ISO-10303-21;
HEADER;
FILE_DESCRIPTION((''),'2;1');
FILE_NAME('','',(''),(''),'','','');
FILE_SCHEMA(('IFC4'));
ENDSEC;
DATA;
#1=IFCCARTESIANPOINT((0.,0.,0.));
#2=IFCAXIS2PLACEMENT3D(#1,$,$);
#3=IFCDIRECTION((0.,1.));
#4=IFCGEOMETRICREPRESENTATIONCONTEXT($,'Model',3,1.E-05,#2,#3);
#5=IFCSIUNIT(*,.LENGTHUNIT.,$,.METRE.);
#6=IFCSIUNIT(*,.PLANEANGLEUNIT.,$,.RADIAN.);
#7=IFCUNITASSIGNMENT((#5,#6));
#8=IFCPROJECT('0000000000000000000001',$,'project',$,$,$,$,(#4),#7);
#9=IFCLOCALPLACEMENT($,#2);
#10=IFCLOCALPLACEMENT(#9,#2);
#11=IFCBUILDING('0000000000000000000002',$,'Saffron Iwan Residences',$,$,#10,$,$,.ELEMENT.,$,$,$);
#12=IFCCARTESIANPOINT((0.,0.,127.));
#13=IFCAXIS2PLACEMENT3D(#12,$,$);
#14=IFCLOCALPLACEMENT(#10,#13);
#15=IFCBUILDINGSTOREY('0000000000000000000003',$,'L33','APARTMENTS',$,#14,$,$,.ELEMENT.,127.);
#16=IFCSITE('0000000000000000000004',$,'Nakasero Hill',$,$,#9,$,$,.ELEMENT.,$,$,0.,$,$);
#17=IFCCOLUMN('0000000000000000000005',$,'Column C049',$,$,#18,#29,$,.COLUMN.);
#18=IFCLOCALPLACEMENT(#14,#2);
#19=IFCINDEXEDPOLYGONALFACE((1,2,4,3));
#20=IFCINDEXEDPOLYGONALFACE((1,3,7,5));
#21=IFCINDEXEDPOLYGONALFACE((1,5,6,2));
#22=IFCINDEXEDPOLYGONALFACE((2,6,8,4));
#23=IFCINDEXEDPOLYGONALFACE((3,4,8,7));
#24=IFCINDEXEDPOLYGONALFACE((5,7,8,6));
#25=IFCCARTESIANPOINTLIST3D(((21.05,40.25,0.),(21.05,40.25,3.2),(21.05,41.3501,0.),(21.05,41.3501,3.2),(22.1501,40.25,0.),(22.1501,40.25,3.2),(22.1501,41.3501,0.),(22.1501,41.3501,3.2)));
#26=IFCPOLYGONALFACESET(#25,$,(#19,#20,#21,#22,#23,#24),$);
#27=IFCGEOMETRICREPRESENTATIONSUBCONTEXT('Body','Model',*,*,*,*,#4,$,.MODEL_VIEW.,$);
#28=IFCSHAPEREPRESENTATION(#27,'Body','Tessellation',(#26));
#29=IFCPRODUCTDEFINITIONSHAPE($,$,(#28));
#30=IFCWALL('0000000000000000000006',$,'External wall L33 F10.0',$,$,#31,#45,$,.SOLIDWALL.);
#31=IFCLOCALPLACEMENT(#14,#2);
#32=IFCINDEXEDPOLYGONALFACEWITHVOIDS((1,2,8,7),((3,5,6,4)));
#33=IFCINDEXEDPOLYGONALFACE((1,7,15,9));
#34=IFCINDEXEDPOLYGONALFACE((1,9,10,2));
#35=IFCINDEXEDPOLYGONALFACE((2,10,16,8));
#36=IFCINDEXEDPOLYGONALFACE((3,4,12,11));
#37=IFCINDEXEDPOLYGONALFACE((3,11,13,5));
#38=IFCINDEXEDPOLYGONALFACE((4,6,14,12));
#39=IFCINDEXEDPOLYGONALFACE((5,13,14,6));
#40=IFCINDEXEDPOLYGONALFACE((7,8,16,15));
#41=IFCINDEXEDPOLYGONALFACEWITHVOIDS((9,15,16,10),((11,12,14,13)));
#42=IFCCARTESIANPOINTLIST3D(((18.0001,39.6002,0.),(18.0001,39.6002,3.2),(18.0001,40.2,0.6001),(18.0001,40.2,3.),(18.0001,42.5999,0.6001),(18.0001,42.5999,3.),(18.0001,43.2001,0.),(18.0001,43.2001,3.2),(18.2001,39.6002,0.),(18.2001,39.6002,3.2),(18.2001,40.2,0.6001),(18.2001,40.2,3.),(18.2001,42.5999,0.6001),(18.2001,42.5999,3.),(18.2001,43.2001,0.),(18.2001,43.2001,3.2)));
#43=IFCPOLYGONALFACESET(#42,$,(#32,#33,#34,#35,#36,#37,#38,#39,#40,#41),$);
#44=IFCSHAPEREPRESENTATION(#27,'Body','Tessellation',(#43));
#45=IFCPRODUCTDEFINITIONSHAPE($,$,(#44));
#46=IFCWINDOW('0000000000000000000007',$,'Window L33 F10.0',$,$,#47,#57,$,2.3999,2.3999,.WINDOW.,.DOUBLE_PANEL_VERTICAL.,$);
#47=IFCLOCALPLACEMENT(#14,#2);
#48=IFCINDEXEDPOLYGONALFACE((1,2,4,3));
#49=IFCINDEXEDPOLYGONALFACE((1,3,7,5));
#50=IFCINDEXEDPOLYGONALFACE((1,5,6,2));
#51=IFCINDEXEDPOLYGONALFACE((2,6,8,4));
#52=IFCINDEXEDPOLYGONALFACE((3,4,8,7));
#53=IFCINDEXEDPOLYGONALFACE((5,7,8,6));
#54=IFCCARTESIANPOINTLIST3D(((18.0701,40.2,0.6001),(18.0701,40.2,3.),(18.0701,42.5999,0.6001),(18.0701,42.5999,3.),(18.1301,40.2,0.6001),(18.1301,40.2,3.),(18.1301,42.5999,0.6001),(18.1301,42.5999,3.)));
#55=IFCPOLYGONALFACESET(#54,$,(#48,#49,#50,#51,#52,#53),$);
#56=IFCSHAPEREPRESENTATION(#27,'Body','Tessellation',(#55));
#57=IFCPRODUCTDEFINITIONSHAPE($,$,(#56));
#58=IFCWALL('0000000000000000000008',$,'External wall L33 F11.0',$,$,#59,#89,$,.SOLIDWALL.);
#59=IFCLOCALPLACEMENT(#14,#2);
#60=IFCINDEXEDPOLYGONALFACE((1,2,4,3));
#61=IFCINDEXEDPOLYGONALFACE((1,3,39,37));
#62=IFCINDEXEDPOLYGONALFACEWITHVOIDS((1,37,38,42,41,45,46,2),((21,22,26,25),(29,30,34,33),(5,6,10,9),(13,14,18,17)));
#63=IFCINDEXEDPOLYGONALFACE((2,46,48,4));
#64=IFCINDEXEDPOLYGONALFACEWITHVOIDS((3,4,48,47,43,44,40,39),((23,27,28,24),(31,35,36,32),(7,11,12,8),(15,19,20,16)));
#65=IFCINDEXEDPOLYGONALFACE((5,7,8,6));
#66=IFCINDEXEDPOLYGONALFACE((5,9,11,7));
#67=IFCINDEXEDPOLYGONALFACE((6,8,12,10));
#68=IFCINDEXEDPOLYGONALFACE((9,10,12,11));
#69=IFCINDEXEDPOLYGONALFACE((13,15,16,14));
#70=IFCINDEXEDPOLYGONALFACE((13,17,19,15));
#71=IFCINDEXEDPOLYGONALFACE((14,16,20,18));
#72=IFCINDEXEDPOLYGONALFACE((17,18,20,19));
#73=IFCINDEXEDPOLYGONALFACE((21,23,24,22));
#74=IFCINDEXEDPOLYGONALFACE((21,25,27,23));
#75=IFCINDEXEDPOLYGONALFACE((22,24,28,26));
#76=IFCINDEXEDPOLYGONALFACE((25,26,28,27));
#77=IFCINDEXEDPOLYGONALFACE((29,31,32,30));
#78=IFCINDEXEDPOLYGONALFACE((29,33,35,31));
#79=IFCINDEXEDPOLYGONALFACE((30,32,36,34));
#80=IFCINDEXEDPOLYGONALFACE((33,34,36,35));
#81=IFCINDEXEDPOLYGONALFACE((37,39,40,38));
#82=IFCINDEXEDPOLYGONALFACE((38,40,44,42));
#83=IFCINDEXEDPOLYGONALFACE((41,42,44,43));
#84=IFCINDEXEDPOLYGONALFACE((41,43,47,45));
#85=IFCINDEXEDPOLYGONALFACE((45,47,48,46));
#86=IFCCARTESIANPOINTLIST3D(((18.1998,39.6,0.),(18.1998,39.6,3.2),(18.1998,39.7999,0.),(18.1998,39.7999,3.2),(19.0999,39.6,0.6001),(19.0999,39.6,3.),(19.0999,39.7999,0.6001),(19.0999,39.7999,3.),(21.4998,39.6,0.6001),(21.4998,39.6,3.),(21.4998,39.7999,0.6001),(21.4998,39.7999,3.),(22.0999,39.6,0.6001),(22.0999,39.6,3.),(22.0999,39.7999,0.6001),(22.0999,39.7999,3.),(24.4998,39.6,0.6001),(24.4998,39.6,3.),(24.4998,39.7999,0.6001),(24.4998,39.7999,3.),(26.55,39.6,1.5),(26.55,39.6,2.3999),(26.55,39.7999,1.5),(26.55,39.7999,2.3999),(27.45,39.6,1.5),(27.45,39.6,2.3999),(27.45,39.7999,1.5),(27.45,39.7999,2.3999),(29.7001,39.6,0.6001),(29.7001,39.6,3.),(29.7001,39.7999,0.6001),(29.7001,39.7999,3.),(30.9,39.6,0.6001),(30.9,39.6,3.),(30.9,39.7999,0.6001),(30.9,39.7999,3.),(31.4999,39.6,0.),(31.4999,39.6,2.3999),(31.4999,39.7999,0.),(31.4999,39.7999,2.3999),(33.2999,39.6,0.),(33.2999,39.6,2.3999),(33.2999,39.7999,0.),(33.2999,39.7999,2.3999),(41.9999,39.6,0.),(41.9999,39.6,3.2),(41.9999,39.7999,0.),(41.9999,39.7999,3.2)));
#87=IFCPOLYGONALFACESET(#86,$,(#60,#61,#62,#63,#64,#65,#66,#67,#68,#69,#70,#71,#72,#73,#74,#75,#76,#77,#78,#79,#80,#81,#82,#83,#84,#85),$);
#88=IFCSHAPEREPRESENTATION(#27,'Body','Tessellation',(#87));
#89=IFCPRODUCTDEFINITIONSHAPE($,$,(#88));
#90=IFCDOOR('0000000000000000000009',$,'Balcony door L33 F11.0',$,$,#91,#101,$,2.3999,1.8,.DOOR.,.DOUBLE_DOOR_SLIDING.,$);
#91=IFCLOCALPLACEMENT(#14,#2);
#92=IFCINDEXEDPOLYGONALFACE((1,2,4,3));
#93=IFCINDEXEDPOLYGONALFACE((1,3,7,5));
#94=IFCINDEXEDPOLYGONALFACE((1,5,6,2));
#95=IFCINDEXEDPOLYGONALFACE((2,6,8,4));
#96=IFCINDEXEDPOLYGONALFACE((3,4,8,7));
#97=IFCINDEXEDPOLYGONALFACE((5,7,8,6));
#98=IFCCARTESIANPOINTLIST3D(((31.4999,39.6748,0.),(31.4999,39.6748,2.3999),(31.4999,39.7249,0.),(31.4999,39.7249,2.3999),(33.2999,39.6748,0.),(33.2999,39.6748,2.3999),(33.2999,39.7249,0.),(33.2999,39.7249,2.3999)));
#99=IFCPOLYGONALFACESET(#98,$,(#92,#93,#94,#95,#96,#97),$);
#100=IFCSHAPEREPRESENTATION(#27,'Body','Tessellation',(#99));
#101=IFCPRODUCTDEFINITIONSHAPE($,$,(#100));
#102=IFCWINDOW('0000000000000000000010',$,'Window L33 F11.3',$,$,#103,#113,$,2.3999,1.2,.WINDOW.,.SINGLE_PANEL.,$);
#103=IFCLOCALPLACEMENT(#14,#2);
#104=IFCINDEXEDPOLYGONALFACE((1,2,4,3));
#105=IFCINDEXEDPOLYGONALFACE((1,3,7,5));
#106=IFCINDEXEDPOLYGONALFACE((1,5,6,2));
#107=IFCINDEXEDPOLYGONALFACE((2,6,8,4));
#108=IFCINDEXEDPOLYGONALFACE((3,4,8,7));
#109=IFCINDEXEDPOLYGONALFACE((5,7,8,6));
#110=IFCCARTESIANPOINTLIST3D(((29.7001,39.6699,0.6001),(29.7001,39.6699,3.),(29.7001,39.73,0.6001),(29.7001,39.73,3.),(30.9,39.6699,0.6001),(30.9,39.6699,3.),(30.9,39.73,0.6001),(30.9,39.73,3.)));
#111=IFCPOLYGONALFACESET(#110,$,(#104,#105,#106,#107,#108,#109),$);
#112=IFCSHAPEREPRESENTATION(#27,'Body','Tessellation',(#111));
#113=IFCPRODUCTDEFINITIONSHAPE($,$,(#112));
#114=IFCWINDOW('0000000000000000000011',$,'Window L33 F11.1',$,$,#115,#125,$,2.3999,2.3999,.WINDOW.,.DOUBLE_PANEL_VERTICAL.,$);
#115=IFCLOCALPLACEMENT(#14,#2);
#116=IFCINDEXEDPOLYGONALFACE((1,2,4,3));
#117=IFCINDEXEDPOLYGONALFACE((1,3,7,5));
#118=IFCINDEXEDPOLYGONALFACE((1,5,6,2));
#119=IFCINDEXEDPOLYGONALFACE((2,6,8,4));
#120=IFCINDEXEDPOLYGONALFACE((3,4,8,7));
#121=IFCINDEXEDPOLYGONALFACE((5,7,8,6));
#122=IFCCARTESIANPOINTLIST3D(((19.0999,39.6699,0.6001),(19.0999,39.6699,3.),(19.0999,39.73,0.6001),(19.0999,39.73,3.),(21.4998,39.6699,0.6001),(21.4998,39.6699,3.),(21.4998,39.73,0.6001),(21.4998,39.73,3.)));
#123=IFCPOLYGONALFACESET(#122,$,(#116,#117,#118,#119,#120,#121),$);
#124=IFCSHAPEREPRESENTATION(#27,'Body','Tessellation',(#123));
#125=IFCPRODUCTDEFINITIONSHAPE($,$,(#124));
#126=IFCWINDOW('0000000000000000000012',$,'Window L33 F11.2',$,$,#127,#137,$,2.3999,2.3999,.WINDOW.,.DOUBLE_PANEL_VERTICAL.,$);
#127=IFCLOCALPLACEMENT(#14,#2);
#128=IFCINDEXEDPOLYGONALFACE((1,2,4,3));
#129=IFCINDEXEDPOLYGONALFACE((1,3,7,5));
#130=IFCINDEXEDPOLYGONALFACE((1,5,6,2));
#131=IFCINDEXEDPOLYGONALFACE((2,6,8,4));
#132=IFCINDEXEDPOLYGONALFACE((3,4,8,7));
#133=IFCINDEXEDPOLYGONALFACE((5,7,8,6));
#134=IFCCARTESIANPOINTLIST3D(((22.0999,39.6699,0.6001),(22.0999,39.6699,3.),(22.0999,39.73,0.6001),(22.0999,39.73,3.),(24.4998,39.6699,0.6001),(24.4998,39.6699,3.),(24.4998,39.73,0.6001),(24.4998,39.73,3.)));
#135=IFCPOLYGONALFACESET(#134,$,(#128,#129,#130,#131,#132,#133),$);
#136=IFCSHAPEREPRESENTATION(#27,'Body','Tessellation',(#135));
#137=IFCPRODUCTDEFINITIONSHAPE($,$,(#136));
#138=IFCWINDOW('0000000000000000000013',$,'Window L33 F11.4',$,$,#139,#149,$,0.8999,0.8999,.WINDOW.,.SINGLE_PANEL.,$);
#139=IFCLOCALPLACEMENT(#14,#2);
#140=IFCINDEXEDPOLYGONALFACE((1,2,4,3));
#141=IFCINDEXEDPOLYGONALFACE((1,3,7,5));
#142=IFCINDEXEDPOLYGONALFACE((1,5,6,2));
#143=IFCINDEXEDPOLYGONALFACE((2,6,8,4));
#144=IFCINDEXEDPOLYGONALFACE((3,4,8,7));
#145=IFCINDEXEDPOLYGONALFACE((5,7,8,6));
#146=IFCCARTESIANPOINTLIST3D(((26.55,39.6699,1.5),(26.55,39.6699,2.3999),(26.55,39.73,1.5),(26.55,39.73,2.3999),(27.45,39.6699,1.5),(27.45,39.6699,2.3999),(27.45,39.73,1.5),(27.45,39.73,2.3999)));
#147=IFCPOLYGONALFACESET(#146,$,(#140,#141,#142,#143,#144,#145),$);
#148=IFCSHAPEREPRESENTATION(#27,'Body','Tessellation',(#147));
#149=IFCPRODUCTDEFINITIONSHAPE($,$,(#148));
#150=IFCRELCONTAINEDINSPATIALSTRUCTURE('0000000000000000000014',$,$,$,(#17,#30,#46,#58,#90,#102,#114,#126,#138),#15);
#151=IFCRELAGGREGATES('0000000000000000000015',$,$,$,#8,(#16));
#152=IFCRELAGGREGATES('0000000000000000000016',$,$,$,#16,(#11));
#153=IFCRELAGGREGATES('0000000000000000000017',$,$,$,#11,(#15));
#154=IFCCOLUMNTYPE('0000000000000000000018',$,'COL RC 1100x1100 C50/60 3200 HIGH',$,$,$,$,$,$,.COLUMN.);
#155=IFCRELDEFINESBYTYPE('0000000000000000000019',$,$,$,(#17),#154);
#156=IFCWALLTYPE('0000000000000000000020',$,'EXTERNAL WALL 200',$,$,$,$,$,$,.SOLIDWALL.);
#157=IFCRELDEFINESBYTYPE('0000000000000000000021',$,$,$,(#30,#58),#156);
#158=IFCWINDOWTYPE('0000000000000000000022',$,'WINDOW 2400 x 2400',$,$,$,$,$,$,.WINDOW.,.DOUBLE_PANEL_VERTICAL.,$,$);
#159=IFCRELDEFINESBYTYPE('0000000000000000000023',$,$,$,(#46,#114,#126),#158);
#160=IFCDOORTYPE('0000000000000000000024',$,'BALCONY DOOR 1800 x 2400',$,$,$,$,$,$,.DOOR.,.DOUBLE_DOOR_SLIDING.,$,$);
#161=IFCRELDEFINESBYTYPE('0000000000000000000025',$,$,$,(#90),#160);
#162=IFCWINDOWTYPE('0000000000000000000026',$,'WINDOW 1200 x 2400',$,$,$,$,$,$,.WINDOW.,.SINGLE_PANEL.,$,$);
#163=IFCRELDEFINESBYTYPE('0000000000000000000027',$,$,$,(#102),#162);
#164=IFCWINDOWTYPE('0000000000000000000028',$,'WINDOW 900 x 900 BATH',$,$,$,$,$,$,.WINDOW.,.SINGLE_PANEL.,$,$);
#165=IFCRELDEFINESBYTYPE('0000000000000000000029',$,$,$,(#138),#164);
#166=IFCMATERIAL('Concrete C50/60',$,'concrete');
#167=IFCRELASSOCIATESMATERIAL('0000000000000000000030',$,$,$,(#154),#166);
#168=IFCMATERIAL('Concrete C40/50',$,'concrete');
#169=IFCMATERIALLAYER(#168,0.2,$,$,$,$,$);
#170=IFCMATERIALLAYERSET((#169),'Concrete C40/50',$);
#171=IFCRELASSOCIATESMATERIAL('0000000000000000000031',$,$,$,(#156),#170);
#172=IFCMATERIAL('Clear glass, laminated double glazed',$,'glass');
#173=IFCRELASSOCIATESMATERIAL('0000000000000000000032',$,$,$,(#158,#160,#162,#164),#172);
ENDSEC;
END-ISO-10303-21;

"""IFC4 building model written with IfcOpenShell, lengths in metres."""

from ifc_helpers import new_model, si_unit, direction, frame, frame_2d, origin, origin_2d, place, context, subcontext, project, spatial, rectangle, extrude, source, transform, mapped, material, layer, layer_set, material_profile, profile_set, type_object, element, fill, save


model = new_model("IFC4")

# Units and contexts
model_context = context("Model", 3, precision=1e-05, world=origin(), true_north=direction((0.0, 1.0)))
body_context = subcontext(model_context, "Body", "Model", "MODEL_VIEW")
ifc_project = project(units=[si_unit("LENGTHUNIT", "METRE"), si_unit("PLANEANGLEUNIT", "RADIAN")], contexts=[model_context])

# Site, building, storey
site_placement = place(None, origin())
site = spatial("IfcSite", under=ifc_project, at=site_placement, Name="Nakasero Hill", CompositionType="ELEMENT", RefElevation=0.0)
building_placement = place(site_placement, origin())
building = spatial("IfcBuilding", under=site, at=building_placement, Name="Saffron Iwan Residences", CompositionType="ELEMENT")
storey_placement = place(building_placement, frame((0.0, 0.0, 127.0)))
storey = spatial("IfcBuildingStorey", under=building, at=storey_placement, Name="L33", Description="APARTMENTS", CompositionType="ELEMENT", Elevation=127.0)

# Column
ifc_material_1 = material(Name="Concrete C50/60", Category="concrete")
ifc_material_profile = material_profile(ifc_material_1, rectangle(XDim=1.1001, YDim=1.1001, at=origin_2d()), Name="RC 1100x1100")
ifc_profile_set = profile_set([ifc_material_profile], Name="Concrete C50/60")
column_type = type_object("IfcColumnType", Name="COL RC 1100x1100 C50/60 3200 HIGH", PredefinedType="COLUMN", material=ifc_profile_set)
shared_shape = source(origin(), body_context, "Body", "SweptSolid", [
    extrude(rectangle(XDim=1.1001, YDim=1.1001, at=origin_2d()), origin(), (0.0, 0.0, 1.0), 3.2),
])
column_placement = place(storey_placement, frame((21.6001, 40.8, 0.0), z_axis=(0.0, 0.0, 1.0), x_axis=(1.0, 0.0, 0.0)))
element("IfcColumn", 1, at=column_placement, inside=storey, type_object=column_type, Name="Column C049", PredefinedType="COLUMN", context=body_context, shape_type="MappedRepresentation", body=[
    mapped(shared_shape, transform((0.0, 0.0, 0.0))),
])

# Wall, opening, window
ifc_material_2 = material(Name="Concrete C40/50", Category="concrete")
ifc_layer_1 = layer(ifc_material_2, 0.2)
ifc_layer_set_1 = layer_set([ifc_layer_1], Name="Concrete C40/50")
wall_type_1 = type_object("IfcWallType", Name="EXTERNAL WALL 200", PredefinedType="SOLIDWALL", material=ifc_layer_set_1)
wall_1_placement = place(storey_placement, frame((18.1001, 43.2, 0.0), z_axis=(0.0, 0.0, 1.0), x_axis=(0.0, -1.0, 0.0)))
wall_1 = element("IfcWall", 2, at=wall_1_placement, inside=storey, type_object=wall_type_1, Name="External wall L33 F10.0", PredefinedType="SOLIDWALL", context=body_context, shape_type="SweptSolid", body=[
    extrude(rectangle(XDim=3.5999, YDim=0.2, at=frame_2d((1.7998, 0.0))), origin(), (0.0, 0.0, 1.0), 3.2),
])
opening_1_placement = place(wall_1_placement, frame((0.6001, 0.0, 0.6001)))
opening_1 = element("IfcOpeningElement", 3, at=opening_1_placement, cuts=wall_1, PredefinedType="OPENING", context=body_context, shape_type="SweptSolid", body=[
    extrude(rectangle(XDim=2.3999, YDim=2.3999, at=frame_2d((1.2, 1.2))), frame((0.0, 0.1099, 0.0), z_axis=(0.0, -1.0, 0.0), x_axis=(1.0, 0.0, 0.0)), (0.0, 0.0, 1.0), 0.22),
])
ifc_material_3 = material(Name="Clear glass, laminated double glazed", Category="glass")
window_type_1 = type_object("IfcWindowType", Name="WINDOW 2400 x 2400", PartitioningType="DOUBLE_PANEL_VERTICAL", PredefinedType="WINDOW", material=ifc_material_3)
window_1_placement = place(opening_1_placement, origin())
window_1 = element("IfcWindow", 4, at=window_1_placement, inside=storey, type_object=window_type_1, Name="Window L33 F10.0", OverallHeight=2.3999, OverallWidth=2.3999, PartitioningType="DOUBLE_PANEL_VERTICAL", PredefinedType="WINDOW", context=body_context, shape_type="SweptSolid", body=[
    extrude(rectangle(XDim=2.3999, YDim=2.3999, at=frame_2d((1.2, 1.2))), frame((0.0, 0.03, 0.0), z_axis=(0.0, -1.0, 0.0), x_axis=(1.0, 0.0, 0.0)), (0.0, 0.0, 1.0), 0.0601),
])
fill(opening_1, window_1)

# Wall, openings, door, windows
wall_2_placement = place(storey_placement, frame((18.2, 39.7, 0.0), z_axis=(0.0, 0.0, 1.0), x_axis=(1.0, 0.0, 0.0)))
wall_2 = element("IfcWall", 5, at=wall_2_placement, inside=storey, type_object=wall_type_1, Name="External wall L33 F11.0", PredefinedType="SOLIDWALL", context=body_context, shape_type="SweptSolid", body=[
    extrude(rectangle(XDim=23.8, YDim=0.2, at=frame_2d((11.8999, 0.0))), origin(), (0.0, 0.0, 1.0), 3.2),
])
opening_2_placement = place(wall_2_placement, frame((13.3, 0.0, 0.0)))
opening_2 = element("IfcOpeningElement", 6, at=opening_2_placement, cuts=wall_2, PredefinedType="OPENING", context=body_context, shape_type="SweptSolid", body=[
    extrude(rectangle(XDim=1.8, YDim=2.3999, at=frame_2d((0.8999, 1.2))), frame((0.0, 0.1099, 0.0), z_axis=(0.0, -1.0, 0.0), x_axis=(1.0, 0.0, 0.0)), (0.0, 0.0, 1.0), 0.22),
])
opening_3_placement = place(wall_2_placement, frame((0.8999, 0.0, 0.6001)))
opening_3 = element("IfcOpeningElement", 7, at=opening_3_placement, cuts=wall_2, PredefinedType="OPENING", context=body_context, shape_type="SweptSolid", body=[
    extrude(rectangle(XDim=2.3999, YDim=2.3999, at=frame_2d((1.2, 1.2))), frame((0.0, 0.1099, 0.0), z_axis=(0.0, -1.0, 0.0), x_axis=(1.0, 0.0, 0.0)), (0.0, 0.0, 1.0), 0.22),
])
opening_4_placement = place(wall_2_placement, frame((3.8999, 0.0, 0.6001)))
opening_4 = element("IfcOpeningElement", 8, at=opening_4_placement, cuts=wall_2, PredefinedType="OPENING", context=body_context, shape_type="SweptSolid", body=[
    extrude(rectangle(XDim=2.3999, YDim=2.3999, at=frame_2d((1.2, 1.2))), frame((0.0, 0.1099, 0.0), z_axis=(0.0, -1.0, 0.0), x_axis=(1.0, 0.0, 0.0)), (0.0, 0.0, 1.0), 0.22),
])
opening_5_placement = place(wall_2_placement, frame((11.5, 0.0, 0.6001)))
opening_5 = element("IfcOpeningElement", 9, at=opening_5_placement, cuts=wall_2, PredefinedType="OPENING", context=body_context, shape_type="SweptSolid", body=[
    extrude(rectangle(XDim=1.2, YDim=2.3999, at=frame_2d((0.6001, 1.2))), frame((0.0, 0.1099, 0.0), z_axis=(0.0, -1.0, 0.0), x_axis=(1.0, 0.0, 0.0)), (0.0, 0.0, 1.0), 0.22),
])
opening_6_placement = place(wall_2_placement, frame((8.3501, 0.0, 1.5)))
opening_6 = element("IfcOpeningElement", 10, at=opening_6_placement, cuts=wall_2, PredefinedType="OPENING", context=body_context, shape_type="SweptSolid", body=[
    extrude(rectangle(XDim=0.8999, YDim=0.8999, at=frame_2d((0.45, 0.45))), frame((0.0, 0.1099, 0.0), z_axis=(0.0, -1.0, 0.0), x_axis=(1.0, 0.0, 0.0)), (0.0, 0.0, 1.0), 0.22),
])
door_type_1 = type_object("IfcDoorType", Name="BALCONY DOOR 1800 x 2400", OperationType="DOUBLE_DOOR_SLIDING", PredefinedType="DOOR", material=ifc_material_3)
door_1_placement = place(opening_2_placement, origin())
door_1 = element("IfcDoor", 11, at=door_1_placement, inside=storey, type_object=door_type_1, Name="Balcony door L33 F11.0", OperationType="DOUBLE_DOOR_SLIDING", OverallHeight=2.3999, OverallWidth=1.8, PredefinedType="DOOR", context=body_context, shape_type="SweptSolid", body=[
    extrude(rectangle(XDim=1.8, YDim=2.3999, at=frame_2d((0.8999, 1.2))), frame((0.0, 0.0249, 0.0), z_axis=(0.0, -1.0, 0.0), x_axis=(1.0, 0.0, 0.0)), (0.0, 0.0, 1.0), 0.05),
])
fill(opening_2, door_1)
window_type_2 = type_object("IfcWindowType", Name="WINDOW 1200 x 2400", PartitioningType="SINGLE_PANEL", PredefinedType="WINDOW", material=ifc_material_3)
window_2_placement = place(opening_5_placement, origin())
window_2 = element("IfcWindow", 12, at=window_2_placement, inside=storey, type_object=window_type_2, Name="Window L33 F11.3", OverallHeight=2.3999, OverallWidth=1.2, PartitioningType="SINGLE_PANEL", PredefinedType="WINDOW", context=body_context, shape_type="SweptSolid", body=[
    extrude(rectangle(XDim=1.2, YDim=2.3999, at=frame_2d((0.6001, 1.2))), frame((0.0, 0.03, 0.0), z_axis=(0.0, -1.0, 0.0), x_axis=(1.0, 0.0, 0.0)), (0.0, 0.0, 1.0), 0.0601),
])
fill(opening_5, window_2)
window_3_placement = place(opening_3_placement, origin())
window_3 = element("IfcWindow", 13, at=window_3_placement, inside=storey, type_object=window_type_1, Name="Window L33 F11.1", OverallHeight=2.3999, OverallWidth=2.3999, PartitioningType="DOUBLE_PANEL_VERTICAL", PredefinedType="WINDOW", context=body_context, shape_type="SweptSolid", body=[
    extrude(rectangle(XDim=2.3999, YDim=2.3999, at=frame_2d((1.2, 1.2))), frame((0.0, 0.03, 0.0), z_axis=(0.0, -1.0, 0.0), x_axis=(1.0, 0.0, 0.0)), (0.0, 0.0, 1.0), 0.0601),
])
fill(opening_3, window_3)
window_4_placement = place(opening_4_placement, origin())
window_4 = element("IfcWindow", 14, at=window_4_placement, inside=storey, type_object=window_type_1, Name="Window L33 F11.2", OverallHeight=2.3999, OverallWidth=2.3999, PartitioningType="DOUBLE_PANEL_VERTICAL", PredefinedType="WINDOW", context=body_context, shape_type="SweptSolid", body=[
    extrude(rectangle(XDim=2.3999, YDim=2.3999, at=frame_2d((1.2, 1.2))), frame((0.0, 0.03, 0.0), z_axis=(0.0, -1.0, 0.0), x_axis=(1.0, 0.0, 0.0)), (0.0, 0.0, 1.0), 0.0601),
])
fill(opening_4, window_4)
window_type_3 = type_object("IfcWindowType", Name="WINDOW 900 x 900 BATH", PartitioningType="SINGLE_PANEL", PredefinedType="WINDOW", material=ifc_material_3)
window_5_placement = place(opening_6_placement, origin())
window_5 = element("IfcWindow", 15, at=window_5_placement, inside=storey, type_object=window_type_3, Name="Window L33 F11.4", OverallHeight=0.8999, OverallWidth=0.8999, PartitioningType="SINGLE_PANEL", PredefinedType="WINDOW", context=body_context, shape_type="SweptSolid", body=[
    extrude(rectangle(XDim=0.8999, YDim=0.8999, at=frame_2d((0.45, 0.45))), frame((0.0, 0.03, 0.0), z_axis=(0.0, -1.0, 0.0), x_axis=(1.0, 0.0, 0.0)), (0.0, 0.0, 1.0), 0.0601),
])
fill(opening_6, window_5)

save(model, "model.ifc")
